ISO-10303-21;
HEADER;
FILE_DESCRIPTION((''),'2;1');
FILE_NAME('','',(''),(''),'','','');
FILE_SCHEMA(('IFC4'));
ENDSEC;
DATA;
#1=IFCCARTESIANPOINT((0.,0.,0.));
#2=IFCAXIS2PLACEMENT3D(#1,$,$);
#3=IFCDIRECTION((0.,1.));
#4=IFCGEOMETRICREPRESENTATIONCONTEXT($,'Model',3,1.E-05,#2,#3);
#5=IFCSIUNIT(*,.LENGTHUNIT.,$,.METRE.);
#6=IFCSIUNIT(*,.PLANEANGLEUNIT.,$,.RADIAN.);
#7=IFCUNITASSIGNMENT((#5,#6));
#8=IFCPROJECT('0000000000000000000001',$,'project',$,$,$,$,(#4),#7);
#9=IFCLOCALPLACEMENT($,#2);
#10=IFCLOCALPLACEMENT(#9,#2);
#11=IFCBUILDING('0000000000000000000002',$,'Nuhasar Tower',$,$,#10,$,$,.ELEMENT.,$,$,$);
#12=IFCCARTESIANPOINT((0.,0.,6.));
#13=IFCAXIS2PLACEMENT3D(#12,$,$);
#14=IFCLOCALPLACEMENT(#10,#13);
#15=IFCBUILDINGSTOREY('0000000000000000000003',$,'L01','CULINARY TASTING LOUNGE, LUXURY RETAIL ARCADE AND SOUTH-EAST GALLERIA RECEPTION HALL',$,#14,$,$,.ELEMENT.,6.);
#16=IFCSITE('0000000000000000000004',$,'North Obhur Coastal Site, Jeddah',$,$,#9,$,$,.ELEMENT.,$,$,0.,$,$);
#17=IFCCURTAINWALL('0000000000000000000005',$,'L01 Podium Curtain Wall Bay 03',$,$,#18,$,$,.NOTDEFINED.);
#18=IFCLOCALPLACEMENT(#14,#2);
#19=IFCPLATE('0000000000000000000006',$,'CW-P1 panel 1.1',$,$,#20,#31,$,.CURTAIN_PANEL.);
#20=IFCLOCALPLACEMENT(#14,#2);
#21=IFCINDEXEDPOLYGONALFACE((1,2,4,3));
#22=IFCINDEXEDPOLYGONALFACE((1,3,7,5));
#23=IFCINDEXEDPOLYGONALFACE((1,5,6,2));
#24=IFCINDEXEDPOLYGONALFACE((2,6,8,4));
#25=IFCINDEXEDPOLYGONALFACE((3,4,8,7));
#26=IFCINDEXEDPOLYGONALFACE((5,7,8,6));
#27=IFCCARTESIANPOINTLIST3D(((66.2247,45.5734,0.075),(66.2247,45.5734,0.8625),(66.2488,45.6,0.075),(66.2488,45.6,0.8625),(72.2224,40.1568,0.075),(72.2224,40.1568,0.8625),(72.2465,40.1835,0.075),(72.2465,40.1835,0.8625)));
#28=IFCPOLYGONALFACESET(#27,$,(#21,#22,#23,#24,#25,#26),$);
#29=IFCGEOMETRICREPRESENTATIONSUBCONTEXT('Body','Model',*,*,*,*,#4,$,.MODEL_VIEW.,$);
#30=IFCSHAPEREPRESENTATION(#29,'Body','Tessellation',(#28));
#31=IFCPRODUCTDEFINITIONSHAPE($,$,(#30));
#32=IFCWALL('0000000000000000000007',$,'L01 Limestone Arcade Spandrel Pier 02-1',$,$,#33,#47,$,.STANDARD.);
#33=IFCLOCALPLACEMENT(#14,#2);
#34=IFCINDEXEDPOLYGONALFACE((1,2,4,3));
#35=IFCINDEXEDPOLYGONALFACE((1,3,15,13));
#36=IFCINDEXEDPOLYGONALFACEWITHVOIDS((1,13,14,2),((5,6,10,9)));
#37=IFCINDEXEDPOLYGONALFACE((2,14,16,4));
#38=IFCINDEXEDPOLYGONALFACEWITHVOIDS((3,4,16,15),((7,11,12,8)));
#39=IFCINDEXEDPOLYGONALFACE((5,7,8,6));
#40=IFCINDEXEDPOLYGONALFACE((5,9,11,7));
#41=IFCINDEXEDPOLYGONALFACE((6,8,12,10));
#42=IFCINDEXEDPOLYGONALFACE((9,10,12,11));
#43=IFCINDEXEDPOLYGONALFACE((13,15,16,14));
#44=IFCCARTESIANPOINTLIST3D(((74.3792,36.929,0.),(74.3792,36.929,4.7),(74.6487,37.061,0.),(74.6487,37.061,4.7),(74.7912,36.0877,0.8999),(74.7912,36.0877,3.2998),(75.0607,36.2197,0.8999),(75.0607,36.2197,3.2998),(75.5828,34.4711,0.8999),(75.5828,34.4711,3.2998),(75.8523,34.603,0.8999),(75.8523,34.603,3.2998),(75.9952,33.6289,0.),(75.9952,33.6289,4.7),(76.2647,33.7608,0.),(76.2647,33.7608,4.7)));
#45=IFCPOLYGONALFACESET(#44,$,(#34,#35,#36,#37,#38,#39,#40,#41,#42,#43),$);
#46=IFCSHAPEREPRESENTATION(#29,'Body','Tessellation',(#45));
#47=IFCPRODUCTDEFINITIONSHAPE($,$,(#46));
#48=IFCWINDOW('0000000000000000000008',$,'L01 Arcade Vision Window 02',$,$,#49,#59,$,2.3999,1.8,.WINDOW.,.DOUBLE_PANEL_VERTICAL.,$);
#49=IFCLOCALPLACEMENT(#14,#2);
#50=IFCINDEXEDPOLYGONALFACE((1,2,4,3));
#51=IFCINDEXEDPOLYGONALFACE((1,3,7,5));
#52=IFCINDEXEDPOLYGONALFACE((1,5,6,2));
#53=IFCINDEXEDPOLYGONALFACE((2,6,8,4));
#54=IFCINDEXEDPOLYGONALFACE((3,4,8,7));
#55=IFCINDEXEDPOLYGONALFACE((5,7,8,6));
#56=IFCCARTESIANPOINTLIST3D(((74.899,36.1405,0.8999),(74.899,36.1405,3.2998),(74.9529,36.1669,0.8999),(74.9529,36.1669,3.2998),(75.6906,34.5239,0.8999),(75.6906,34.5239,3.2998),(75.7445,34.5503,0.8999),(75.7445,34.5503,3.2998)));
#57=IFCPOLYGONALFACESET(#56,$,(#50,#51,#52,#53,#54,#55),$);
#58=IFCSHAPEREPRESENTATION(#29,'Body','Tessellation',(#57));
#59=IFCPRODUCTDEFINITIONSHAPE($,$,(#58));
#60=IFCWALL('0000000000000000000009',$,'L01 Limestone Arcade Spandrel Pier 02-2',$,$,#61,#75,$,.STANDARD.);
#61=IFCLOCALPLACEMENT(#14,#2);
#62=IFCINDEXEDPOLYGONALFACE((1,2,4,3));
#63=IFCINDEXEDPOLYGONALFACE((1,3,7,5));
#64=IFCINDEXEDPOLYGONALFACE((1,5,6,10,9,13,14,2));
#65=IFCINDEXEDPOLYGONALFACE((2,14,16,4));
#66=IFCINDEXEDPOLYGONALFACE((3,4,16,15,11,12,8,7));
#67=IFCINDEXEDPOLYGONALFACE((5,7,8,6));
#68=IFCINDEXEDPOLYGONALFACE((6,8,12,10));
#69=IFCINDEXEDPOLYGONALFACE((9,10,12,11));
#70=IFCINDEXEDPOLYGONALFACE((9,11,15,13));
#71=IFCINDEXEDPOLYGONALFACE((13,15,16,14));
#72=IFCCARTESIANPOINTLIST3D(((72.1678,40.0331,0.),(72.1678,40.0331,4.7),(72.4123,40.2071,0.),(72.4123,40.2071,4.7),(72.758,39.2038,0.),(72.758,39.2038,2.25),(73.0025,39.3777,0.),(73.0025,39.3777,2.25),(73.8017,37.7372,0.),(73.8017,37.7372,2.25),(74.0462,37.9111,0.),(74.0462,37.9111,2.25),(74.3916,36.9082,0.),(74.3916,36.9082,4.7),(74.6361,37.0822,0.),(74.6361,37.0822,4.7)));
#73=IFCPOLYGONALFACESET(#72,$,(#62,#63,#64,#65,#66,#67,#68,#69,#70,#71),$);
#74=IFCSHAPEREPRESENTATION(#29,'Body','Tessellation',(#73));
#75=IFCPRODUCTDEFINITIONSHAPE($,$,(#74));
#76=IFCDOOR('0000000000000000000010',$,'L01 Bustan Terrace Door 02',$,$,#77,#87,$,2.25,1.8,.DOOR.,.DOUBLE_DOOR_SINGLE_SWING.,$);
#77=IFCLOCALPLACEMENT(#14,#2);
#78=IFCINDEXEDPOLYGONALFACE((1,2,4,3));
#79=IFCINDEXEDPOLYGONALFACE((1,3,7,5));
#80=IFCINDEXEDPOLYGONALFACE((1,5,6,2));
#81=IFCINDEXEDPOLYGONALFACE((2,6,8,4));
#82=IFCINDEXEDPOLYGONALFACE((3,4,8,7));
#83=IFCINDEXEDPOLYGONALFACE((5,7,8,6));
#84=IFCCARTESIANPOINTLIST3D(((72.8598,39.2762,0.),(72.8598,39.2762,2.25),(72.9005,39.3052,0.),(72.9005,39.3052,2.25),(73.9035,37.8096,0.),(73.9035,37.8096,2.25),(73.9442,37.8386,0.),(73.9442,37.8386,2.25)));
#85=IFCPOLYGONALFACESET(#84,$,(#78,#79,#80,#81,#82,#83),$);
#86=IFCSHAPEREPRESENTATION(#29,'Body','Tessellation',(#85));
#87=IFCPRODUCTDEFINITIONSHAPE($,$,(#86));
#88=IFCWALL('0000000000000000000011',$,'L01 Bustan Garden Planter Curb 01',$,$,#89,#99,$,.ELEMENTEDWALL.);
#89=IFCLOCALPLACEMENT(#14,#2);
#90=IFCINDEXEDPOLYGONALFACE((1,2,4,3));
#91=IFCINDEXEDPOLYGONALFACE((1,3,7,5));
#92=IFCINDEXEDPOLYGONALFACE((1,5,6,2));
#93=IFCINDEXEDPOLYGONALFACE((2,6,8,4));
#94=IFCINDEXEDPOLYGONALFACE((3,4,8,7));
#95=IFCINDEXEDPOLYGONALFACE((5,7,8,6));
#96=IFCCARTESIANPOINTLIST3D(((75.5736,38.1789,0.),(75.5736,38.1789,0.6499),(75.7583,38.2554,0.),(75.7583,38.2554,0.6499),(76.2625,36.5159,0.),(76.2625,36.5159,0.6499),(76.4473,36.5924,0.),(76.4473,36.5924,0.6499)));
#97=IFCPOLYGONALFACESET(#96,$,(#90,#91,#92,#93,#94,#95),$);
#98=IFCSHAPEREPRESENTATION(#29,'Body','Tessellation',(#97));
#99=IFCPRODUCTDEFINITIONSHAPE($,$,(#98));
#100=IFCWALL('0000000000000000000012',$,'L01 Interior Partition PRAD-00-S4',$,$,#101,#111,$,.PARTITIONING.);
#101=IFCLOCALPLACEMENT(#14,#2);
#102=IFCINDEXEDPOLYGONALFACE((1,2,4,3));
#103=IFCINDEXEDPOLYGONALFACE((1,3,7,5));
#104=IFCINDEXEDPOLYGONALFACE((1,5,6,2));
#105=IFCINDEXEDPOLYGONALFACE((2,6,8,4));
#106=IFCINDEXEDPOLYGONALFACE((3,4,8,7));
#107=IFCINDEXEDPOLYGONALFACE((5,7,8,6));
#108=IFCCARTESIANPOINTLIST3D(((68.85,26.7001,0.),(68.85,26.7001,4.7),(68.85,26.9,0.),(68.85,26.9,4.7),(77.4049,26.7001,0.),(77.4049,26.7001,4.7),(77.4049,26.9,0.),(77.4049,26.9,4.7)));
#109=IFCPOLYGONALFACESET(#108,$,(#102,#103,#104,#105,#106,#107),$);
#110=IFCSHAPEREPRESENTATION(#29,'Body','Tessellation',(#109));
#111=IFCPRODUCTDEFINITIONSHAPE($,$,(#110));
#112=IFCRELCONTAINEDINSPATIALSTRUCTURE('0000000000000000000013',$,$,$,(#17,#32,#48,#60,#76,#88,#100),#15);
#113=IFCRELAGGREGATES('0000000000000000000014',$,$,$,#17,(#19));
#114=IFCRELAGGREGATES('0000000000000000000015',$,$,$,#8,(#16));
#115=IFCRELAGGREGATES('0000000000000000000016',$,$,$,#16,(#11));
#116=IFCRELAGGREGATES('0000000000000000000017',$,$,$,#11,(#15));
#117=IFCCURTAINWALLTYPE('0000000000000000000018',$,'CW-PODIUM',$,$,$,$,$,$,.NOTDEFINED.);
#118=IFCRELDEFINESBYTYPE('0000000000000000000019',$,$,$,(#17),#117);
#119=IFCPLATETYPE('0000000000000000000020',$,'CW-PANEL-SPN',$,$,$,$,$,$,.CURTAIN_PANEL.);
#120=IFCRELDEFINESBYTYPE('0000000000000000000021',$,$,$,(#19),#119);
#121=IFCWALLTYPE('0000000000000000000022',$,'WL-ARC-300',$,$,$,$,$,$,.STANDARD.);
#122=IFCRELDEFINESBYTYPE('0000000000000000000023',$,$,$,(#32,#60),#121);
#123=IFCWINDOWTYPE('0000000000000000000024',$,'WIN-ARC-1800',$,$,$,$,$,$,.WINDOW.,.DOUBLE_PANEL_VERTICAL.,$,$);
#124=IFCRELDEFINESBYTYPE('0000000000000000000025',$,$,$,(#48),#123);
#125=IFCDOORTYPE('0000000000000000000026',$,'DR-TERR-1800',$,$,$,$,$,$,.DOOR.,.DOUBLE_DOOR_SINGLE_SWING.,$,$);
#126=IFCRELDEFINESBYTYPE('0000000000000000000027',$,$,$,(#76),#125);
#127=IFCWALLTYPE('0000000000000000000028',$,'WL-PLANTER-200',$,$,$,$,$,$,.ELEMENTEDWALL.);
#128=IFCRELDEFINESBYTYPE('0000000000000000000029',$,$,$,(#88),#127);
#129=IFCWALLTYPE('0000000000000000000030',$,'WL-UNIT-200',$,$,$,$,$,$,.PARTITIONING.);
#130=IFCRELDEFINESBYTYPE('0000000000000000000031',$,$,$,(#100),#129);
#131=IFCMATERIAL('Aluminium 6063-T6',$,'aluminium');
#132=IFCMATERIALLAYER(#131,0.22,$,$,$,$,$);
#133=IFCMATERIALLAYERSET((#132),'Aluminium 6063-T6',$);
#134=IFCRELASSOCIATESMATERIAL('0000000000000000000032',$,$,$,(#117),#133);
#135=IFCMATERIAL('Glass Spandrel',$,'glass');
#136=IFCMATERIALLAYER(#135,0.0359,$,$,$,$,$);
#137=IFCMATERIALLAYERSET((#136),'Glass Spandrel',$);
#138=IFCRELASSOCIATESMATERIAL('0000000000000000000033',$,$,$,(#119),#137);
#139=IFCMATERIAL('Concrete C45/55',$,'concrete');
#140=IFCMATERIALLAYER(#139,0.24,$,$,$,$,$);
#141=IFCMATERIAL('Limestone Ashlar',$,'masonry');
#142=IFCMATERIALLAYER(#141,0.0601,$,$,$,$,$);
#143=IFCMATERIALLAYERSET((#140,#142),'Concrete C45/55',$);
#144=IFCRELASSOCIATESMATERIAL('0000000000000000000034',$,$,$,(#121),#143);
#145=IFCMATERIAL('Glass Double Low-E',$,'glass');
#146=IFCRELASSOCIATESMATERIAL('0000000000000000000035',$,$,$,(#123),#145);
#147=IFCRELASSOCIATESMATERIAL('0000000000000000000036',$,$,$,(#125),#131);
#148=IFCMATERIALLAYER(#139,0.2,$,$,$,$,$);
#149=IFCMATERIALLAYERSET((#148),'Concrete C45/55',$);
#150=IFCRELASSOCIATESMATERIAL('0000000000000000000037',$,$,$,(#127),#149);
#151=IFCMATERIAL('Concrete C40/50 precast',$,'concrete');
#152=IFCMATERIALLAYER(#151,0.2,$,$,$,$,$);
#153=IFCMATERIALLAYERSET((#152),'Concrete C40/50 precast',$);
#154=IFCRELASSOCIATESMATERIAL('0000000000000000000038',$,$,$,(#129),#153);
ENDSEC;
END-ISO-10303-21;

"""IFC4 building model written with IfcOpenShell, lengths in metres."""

from ifc_helpers import new_model, si_unit, direction, frame, frame_2d, origin, origin_2d, place, context, subcontext, project, spatial, rectangle, extrude, material, layer, layer_set, type_object, element, fill, aggregate, save


model = new_model("IFC4")

# Units and contexts
model_context = context("Model", 3, precision=1e-05, world=origin(), true_north=direction((0.0, 1.0)))
body_context = subcontext(model_context, "Body", "Model", "MODEL_VIEW")
ifc_project = project(units=[si_unit("LENGTHUNIT", "METRE"), si_unit("PLANEANGLEUNIT", "RADIAN")], contexts=[model_context])

# Site, building, storey
site_placement = place(None, origin())
site = spatial("IfcSite", under=ifc_project, at=site_placement, Name="North Obhur Coastal Site, Jeddah", CompositionType="ELEMENT", RefElevation=0.0)
building_placement = place(site_placement, origin())
building = spatial("IfcBuilding", under=site, at=building_placement, Name="Nuhasar Tower", CompositionType="ELEMENT")
storey_placement = place(building_placement, frame((0.0, 0.0, 6.0)))
storey = spatial("IfcBuildingStorey", under=building, at=storey_placement, Name="L01", Description="CULINARY TASTING LOUNGE, LUXURY RETAIL ARCADE AND SOUTH-EAST GALLERIA RECEPTION HALL", CompositionType="ELEMENT", Elevation=6.0)

# Curtain wall
ifc_material_1 = material(Name="Aluminium 6063-T6", Category="aluminium")
ifc_layer_1 = layer(ifc_material_1, 0.22)
ifc_layer_set_1 = layer_set([ifc_layer_1], Name="Aluminium 6063-T6")
curtain_wall_type = type_object("IfcCurtainWallType", Name="CW-PODIUM", PredefinedType="NOTDEFINED", material=ifc_layer_set_1)
curtain_wall_1_placement = place(storey_placement, origin())
curtain_wall_1 = element("IfcCurtainWall", 1, at=curtain_wall_1_placement, inside=storey, type_object=curtain_wall_type, Name="L01 Podium Curtain Wall Bay 03", PredefinedType="NOTDEFINED")

# Plate
ifc_material_2 = material(Name="Glass Double Low-E", Category="glass")
ifc_material_3 = material(Name="Glass Spandrel", Category="glass")
ifc_layer_2 = layer(ifc_material_3, 0.0359)
ifc_layer_set_2 = layer_set([ifc_layer_2], Name="Glass Spandrel")
plate_type_1 = type_object("IfcPlateType", Name="CW-PANEL-SPN", PredefinedType="CURTAIN_PANEL", material=ifc_layer_set_2)
plate_1_placement = place(storey_placement, frame((69.2356, 42.8784, 0.075), z_axis=(0.0, 0.0, 1.0), x_axis=(-0.742151, 0.670232, 0.0)))
plate_1 = element("IfcPlate", 2, at=plate_1_placement, type_object=plate_type_1, Name="CW-P1 panel 1.1", PredefinedType="CURTAIN_PANEL", context=body_context, shape_type="SweptSolid", body=[
    extrude(rectangle(XDim=8.0815, YDim=0.0359, at=origin_2d()), origin(), (0.0, 0.0, 1.0), 0.7876),
])
aggregate(curtain_wall_1, [plate_1])

# Wall, opening, window
ifc_material_4 = material(Name="Concrete C45/55", Category="concrete")
ifc_layer_3 = layer(ifc_material_4, 0.24)
ifc_material_5 = material(Name="Limestone Ashlar", Category="masonry")
ifc_layer_4 = layer(ifc_material_5, 0.0601)
ifc_layer_set_3 = layer_set([ifc_layer_3, ifc_layer_4], Name="Concrete C45/55")
wall_type_1 = type_object("IfcWallType", Name="WL-ARC-300", PredefinedType="STANDARD", material=ifc_layer_set_3)
wall_1_placement = place(storey_placement, frame((74.5139, 36.9951, 0.0), z_axis=(0.0, 0.0, 1.0), x_axis=(0.439783, -0.898104, 0.0)))
wall_1 = element("IfcWall", 3, at=wall_1_placement, inside=storey, type_object=wall_type_1, Name="L01 Limestone Arcade Spandrel Pier 02-1", PredefinedType="STANDARD", context=body_context, shape_type="SweptSolid", body=[
    extrude(rectangle(XDim=3.6746, YDim=0.3, at=frame_2d((1.8374, 0.0))), origin(), (0.0, 0.0, 1.0), 4.7),
])
opening_1_placement = place(wall_1_placement, frame((0.937, 0.0, 0.8999)))
opening_1 = element("IfcOpeningElement", 4, at=opening_1_placement, cuts=wall_1, PredefinedType="OPENING", context=body_context, shape_type="SweptSolid", body=[
    extrude(rectangle(XDim=1.8, YDim=2.3999, at=frame_2d((0.8999, 1.2))), frame((0.0, 0.1602, 0.0), z_axis=(0.0, -1.0, 0.0), x_axis=(1.0, 0.0, 0.0)), (0.0, 0.0, 1.0), 0.3201),
])
window_type = type_object("IfcWindowType", Name="WIN-ARC-1800", PartitioningType="DOUBLE_PANEL_VERTICAL", PredefinedType="WINDOW", material=ifc_material_2)
window_placement = place(opening_1_placement, origin())
window = element("IfcWindow", 5, at=window_placement, inside=storey, type_object=window_type, Name="L01 Arcade Vision Window 02", OverallHeight=2.3999, OverallWidth=1.8, PartitioningType="DOUBLE_PANEL_VERTICAL", PredefinedType="WINDOW", context=body_context, shape_type="SweptSolid", body=[
    extrude(rectangle(XDim=1.8, YDim=2.3999, at=frame_2d((0.8999, 1.2))), frame((0.0, 0.03, 0.0), z_axis=(0.0, -1.0, 0.0), x_axis=(1.0, 0.0, 0.0)), (0.0, 0.0, 1.0), 0.0601),
])
fill(opening_1, window)

# Wall, opening, door
wall_2_placement = place(storey_placement, frame((72.29, 40.1201, 0.0), z_axis=(0.0, 0.0, 1.0), x_axis=(0.57981, -0.814752, 0.0)))
wall_2 = element("IfcWall", 6, at=wall_2_placement, inside=storey, type_object=wall_type_1, Name="L01 Limestone Arcade Spandrel Pier 02-2", PredefinedType="STANDARD", context=body_context, shape_type="SweptSolid", body=[
    extrude(rectangle(XDim=3.8354, YDim=0.3, at=frame_2d((1.9177, 0.0))), origin(), (0.0, 0.0, 1.0), 4.7),
])
opening_2_placement = place(wall_2_placement, frame((1.0181, 0.0, 0.0)))
opening_2 = element("IfcOpeningElement", 7, at=opening_2_placement, cuts=wall_2, PredefinedType="OPENING", context=body_context, shape_type="SweptSolid", body=[
    extrude(rectangle(XDim=1.8, YDim=2.25, at=frame_2d((0.8999, 1.125))), frame((0.0, 0.1602, 0.0), z_axis=(0.0, -1.0, 0.0), x_axis=(1.0, 0.0, 0.0)), (0.0, 0.0, 1.0), 0.3201),
])
door_type = type_object("IfcDoorType", Name="DR-TERR-1800", OperationType="DOUBLE_DOOR_SINGLE_SWING", PredefinedType="DOOR", material=ifc_material_1)
door_placement = place(opening_2_placement, origin())
door = element("IfcDoor", 8, at=door_placement, inside=storey, type_object=door_type, Name="L01 Bustan Terrace Door 02", OperationType="DOUBLE_DOOR_SINGLE_SWING", OverallHeight=2.25, OverallWidth=1.8, PredefinedType="DOOR", context=body_context, shape_type="SweptSolid", body=[
    extrude(rectangle(XDim=1.8, YDim=2.25, at=frame_2d((0.8999, 1.125))), frame((0.0, 0.0249, 0.0), z_axis=(0.0, -1.0, 0.0), x_axis=(1.0, 0.0, 0.0)), (0.0, 0.0, 1.0), 0.05),
])
fill(opening_2, door)

# Walls
ifc_layer_5 = layer(ifc_material_4, 0.2)
ifc_layer_set_4 = layer_set([ifc_layer_5], Name="Concrete C45/55")
wall_type_2 = type_object("IfcWallType", Name="WL-PLANTER-200", PredefinedType="ELEMENTEDWALL", material=ifc_layer_set_4)
wall_3_placement = place(storey_placement, frame((75.666, 38.217, 0.0), z_axis=(0.0, 0.0, 1.0), x_axis=(0.382727, -0.923861, 0.0)))
element("IfcWall", 9, at=wall_3_placement, inside=storey, type_object=wall_type_2, Name="L01 Bustan Garden Planter Curb 01", PredefinedType="ELEMENTEDWALL", context=body_context, shape_type="SweptSolid", body=[
    extrude(rectangle(XDim=1.8, YDim=0.2, at=frame_2d((0.8999, 0.0))), origin(), (0.0, 0.0, 1.0), 0.6499),
])
ifc_material_6 = material(Name="Concrete C40/50 precast", Category="concrete")
ifc_layer_6 = layer(ifc_material_6, 0.2)
ifc_layer_set_5 = layer_set([ifc_layer_6], Name="Concrete C40/50 precast")
wall_type_3 = type_object("IfcWallType", Name="WL-UNIT-200", PredefinedType="PARTITIONING", material=ifc_layer_set_5)
wall_4_placement = place(storey_placement, frame((68.8501, 26.8, 0.0), z_axis=(0.0, 0.0, 1.0), x_axis=(1.0, 0.0, 0.0)))
element("IfcWall", 10, at=wall_4_placement, inside=storey, type_object=wall_type_3, Name="L01 Interior Partition PRAD-00-S4", PredefinedType="PARTITIONING", context=body_context, shape_type="SweptSolid", body=[
    extrude(rectangle(XDim=8.5549, YDim=0.2, at=frame_2d((4.2773, 0.0))), origin(), (0.0, 0.0, 1.0), 4.7),
])

save(model, "model.ifc")
